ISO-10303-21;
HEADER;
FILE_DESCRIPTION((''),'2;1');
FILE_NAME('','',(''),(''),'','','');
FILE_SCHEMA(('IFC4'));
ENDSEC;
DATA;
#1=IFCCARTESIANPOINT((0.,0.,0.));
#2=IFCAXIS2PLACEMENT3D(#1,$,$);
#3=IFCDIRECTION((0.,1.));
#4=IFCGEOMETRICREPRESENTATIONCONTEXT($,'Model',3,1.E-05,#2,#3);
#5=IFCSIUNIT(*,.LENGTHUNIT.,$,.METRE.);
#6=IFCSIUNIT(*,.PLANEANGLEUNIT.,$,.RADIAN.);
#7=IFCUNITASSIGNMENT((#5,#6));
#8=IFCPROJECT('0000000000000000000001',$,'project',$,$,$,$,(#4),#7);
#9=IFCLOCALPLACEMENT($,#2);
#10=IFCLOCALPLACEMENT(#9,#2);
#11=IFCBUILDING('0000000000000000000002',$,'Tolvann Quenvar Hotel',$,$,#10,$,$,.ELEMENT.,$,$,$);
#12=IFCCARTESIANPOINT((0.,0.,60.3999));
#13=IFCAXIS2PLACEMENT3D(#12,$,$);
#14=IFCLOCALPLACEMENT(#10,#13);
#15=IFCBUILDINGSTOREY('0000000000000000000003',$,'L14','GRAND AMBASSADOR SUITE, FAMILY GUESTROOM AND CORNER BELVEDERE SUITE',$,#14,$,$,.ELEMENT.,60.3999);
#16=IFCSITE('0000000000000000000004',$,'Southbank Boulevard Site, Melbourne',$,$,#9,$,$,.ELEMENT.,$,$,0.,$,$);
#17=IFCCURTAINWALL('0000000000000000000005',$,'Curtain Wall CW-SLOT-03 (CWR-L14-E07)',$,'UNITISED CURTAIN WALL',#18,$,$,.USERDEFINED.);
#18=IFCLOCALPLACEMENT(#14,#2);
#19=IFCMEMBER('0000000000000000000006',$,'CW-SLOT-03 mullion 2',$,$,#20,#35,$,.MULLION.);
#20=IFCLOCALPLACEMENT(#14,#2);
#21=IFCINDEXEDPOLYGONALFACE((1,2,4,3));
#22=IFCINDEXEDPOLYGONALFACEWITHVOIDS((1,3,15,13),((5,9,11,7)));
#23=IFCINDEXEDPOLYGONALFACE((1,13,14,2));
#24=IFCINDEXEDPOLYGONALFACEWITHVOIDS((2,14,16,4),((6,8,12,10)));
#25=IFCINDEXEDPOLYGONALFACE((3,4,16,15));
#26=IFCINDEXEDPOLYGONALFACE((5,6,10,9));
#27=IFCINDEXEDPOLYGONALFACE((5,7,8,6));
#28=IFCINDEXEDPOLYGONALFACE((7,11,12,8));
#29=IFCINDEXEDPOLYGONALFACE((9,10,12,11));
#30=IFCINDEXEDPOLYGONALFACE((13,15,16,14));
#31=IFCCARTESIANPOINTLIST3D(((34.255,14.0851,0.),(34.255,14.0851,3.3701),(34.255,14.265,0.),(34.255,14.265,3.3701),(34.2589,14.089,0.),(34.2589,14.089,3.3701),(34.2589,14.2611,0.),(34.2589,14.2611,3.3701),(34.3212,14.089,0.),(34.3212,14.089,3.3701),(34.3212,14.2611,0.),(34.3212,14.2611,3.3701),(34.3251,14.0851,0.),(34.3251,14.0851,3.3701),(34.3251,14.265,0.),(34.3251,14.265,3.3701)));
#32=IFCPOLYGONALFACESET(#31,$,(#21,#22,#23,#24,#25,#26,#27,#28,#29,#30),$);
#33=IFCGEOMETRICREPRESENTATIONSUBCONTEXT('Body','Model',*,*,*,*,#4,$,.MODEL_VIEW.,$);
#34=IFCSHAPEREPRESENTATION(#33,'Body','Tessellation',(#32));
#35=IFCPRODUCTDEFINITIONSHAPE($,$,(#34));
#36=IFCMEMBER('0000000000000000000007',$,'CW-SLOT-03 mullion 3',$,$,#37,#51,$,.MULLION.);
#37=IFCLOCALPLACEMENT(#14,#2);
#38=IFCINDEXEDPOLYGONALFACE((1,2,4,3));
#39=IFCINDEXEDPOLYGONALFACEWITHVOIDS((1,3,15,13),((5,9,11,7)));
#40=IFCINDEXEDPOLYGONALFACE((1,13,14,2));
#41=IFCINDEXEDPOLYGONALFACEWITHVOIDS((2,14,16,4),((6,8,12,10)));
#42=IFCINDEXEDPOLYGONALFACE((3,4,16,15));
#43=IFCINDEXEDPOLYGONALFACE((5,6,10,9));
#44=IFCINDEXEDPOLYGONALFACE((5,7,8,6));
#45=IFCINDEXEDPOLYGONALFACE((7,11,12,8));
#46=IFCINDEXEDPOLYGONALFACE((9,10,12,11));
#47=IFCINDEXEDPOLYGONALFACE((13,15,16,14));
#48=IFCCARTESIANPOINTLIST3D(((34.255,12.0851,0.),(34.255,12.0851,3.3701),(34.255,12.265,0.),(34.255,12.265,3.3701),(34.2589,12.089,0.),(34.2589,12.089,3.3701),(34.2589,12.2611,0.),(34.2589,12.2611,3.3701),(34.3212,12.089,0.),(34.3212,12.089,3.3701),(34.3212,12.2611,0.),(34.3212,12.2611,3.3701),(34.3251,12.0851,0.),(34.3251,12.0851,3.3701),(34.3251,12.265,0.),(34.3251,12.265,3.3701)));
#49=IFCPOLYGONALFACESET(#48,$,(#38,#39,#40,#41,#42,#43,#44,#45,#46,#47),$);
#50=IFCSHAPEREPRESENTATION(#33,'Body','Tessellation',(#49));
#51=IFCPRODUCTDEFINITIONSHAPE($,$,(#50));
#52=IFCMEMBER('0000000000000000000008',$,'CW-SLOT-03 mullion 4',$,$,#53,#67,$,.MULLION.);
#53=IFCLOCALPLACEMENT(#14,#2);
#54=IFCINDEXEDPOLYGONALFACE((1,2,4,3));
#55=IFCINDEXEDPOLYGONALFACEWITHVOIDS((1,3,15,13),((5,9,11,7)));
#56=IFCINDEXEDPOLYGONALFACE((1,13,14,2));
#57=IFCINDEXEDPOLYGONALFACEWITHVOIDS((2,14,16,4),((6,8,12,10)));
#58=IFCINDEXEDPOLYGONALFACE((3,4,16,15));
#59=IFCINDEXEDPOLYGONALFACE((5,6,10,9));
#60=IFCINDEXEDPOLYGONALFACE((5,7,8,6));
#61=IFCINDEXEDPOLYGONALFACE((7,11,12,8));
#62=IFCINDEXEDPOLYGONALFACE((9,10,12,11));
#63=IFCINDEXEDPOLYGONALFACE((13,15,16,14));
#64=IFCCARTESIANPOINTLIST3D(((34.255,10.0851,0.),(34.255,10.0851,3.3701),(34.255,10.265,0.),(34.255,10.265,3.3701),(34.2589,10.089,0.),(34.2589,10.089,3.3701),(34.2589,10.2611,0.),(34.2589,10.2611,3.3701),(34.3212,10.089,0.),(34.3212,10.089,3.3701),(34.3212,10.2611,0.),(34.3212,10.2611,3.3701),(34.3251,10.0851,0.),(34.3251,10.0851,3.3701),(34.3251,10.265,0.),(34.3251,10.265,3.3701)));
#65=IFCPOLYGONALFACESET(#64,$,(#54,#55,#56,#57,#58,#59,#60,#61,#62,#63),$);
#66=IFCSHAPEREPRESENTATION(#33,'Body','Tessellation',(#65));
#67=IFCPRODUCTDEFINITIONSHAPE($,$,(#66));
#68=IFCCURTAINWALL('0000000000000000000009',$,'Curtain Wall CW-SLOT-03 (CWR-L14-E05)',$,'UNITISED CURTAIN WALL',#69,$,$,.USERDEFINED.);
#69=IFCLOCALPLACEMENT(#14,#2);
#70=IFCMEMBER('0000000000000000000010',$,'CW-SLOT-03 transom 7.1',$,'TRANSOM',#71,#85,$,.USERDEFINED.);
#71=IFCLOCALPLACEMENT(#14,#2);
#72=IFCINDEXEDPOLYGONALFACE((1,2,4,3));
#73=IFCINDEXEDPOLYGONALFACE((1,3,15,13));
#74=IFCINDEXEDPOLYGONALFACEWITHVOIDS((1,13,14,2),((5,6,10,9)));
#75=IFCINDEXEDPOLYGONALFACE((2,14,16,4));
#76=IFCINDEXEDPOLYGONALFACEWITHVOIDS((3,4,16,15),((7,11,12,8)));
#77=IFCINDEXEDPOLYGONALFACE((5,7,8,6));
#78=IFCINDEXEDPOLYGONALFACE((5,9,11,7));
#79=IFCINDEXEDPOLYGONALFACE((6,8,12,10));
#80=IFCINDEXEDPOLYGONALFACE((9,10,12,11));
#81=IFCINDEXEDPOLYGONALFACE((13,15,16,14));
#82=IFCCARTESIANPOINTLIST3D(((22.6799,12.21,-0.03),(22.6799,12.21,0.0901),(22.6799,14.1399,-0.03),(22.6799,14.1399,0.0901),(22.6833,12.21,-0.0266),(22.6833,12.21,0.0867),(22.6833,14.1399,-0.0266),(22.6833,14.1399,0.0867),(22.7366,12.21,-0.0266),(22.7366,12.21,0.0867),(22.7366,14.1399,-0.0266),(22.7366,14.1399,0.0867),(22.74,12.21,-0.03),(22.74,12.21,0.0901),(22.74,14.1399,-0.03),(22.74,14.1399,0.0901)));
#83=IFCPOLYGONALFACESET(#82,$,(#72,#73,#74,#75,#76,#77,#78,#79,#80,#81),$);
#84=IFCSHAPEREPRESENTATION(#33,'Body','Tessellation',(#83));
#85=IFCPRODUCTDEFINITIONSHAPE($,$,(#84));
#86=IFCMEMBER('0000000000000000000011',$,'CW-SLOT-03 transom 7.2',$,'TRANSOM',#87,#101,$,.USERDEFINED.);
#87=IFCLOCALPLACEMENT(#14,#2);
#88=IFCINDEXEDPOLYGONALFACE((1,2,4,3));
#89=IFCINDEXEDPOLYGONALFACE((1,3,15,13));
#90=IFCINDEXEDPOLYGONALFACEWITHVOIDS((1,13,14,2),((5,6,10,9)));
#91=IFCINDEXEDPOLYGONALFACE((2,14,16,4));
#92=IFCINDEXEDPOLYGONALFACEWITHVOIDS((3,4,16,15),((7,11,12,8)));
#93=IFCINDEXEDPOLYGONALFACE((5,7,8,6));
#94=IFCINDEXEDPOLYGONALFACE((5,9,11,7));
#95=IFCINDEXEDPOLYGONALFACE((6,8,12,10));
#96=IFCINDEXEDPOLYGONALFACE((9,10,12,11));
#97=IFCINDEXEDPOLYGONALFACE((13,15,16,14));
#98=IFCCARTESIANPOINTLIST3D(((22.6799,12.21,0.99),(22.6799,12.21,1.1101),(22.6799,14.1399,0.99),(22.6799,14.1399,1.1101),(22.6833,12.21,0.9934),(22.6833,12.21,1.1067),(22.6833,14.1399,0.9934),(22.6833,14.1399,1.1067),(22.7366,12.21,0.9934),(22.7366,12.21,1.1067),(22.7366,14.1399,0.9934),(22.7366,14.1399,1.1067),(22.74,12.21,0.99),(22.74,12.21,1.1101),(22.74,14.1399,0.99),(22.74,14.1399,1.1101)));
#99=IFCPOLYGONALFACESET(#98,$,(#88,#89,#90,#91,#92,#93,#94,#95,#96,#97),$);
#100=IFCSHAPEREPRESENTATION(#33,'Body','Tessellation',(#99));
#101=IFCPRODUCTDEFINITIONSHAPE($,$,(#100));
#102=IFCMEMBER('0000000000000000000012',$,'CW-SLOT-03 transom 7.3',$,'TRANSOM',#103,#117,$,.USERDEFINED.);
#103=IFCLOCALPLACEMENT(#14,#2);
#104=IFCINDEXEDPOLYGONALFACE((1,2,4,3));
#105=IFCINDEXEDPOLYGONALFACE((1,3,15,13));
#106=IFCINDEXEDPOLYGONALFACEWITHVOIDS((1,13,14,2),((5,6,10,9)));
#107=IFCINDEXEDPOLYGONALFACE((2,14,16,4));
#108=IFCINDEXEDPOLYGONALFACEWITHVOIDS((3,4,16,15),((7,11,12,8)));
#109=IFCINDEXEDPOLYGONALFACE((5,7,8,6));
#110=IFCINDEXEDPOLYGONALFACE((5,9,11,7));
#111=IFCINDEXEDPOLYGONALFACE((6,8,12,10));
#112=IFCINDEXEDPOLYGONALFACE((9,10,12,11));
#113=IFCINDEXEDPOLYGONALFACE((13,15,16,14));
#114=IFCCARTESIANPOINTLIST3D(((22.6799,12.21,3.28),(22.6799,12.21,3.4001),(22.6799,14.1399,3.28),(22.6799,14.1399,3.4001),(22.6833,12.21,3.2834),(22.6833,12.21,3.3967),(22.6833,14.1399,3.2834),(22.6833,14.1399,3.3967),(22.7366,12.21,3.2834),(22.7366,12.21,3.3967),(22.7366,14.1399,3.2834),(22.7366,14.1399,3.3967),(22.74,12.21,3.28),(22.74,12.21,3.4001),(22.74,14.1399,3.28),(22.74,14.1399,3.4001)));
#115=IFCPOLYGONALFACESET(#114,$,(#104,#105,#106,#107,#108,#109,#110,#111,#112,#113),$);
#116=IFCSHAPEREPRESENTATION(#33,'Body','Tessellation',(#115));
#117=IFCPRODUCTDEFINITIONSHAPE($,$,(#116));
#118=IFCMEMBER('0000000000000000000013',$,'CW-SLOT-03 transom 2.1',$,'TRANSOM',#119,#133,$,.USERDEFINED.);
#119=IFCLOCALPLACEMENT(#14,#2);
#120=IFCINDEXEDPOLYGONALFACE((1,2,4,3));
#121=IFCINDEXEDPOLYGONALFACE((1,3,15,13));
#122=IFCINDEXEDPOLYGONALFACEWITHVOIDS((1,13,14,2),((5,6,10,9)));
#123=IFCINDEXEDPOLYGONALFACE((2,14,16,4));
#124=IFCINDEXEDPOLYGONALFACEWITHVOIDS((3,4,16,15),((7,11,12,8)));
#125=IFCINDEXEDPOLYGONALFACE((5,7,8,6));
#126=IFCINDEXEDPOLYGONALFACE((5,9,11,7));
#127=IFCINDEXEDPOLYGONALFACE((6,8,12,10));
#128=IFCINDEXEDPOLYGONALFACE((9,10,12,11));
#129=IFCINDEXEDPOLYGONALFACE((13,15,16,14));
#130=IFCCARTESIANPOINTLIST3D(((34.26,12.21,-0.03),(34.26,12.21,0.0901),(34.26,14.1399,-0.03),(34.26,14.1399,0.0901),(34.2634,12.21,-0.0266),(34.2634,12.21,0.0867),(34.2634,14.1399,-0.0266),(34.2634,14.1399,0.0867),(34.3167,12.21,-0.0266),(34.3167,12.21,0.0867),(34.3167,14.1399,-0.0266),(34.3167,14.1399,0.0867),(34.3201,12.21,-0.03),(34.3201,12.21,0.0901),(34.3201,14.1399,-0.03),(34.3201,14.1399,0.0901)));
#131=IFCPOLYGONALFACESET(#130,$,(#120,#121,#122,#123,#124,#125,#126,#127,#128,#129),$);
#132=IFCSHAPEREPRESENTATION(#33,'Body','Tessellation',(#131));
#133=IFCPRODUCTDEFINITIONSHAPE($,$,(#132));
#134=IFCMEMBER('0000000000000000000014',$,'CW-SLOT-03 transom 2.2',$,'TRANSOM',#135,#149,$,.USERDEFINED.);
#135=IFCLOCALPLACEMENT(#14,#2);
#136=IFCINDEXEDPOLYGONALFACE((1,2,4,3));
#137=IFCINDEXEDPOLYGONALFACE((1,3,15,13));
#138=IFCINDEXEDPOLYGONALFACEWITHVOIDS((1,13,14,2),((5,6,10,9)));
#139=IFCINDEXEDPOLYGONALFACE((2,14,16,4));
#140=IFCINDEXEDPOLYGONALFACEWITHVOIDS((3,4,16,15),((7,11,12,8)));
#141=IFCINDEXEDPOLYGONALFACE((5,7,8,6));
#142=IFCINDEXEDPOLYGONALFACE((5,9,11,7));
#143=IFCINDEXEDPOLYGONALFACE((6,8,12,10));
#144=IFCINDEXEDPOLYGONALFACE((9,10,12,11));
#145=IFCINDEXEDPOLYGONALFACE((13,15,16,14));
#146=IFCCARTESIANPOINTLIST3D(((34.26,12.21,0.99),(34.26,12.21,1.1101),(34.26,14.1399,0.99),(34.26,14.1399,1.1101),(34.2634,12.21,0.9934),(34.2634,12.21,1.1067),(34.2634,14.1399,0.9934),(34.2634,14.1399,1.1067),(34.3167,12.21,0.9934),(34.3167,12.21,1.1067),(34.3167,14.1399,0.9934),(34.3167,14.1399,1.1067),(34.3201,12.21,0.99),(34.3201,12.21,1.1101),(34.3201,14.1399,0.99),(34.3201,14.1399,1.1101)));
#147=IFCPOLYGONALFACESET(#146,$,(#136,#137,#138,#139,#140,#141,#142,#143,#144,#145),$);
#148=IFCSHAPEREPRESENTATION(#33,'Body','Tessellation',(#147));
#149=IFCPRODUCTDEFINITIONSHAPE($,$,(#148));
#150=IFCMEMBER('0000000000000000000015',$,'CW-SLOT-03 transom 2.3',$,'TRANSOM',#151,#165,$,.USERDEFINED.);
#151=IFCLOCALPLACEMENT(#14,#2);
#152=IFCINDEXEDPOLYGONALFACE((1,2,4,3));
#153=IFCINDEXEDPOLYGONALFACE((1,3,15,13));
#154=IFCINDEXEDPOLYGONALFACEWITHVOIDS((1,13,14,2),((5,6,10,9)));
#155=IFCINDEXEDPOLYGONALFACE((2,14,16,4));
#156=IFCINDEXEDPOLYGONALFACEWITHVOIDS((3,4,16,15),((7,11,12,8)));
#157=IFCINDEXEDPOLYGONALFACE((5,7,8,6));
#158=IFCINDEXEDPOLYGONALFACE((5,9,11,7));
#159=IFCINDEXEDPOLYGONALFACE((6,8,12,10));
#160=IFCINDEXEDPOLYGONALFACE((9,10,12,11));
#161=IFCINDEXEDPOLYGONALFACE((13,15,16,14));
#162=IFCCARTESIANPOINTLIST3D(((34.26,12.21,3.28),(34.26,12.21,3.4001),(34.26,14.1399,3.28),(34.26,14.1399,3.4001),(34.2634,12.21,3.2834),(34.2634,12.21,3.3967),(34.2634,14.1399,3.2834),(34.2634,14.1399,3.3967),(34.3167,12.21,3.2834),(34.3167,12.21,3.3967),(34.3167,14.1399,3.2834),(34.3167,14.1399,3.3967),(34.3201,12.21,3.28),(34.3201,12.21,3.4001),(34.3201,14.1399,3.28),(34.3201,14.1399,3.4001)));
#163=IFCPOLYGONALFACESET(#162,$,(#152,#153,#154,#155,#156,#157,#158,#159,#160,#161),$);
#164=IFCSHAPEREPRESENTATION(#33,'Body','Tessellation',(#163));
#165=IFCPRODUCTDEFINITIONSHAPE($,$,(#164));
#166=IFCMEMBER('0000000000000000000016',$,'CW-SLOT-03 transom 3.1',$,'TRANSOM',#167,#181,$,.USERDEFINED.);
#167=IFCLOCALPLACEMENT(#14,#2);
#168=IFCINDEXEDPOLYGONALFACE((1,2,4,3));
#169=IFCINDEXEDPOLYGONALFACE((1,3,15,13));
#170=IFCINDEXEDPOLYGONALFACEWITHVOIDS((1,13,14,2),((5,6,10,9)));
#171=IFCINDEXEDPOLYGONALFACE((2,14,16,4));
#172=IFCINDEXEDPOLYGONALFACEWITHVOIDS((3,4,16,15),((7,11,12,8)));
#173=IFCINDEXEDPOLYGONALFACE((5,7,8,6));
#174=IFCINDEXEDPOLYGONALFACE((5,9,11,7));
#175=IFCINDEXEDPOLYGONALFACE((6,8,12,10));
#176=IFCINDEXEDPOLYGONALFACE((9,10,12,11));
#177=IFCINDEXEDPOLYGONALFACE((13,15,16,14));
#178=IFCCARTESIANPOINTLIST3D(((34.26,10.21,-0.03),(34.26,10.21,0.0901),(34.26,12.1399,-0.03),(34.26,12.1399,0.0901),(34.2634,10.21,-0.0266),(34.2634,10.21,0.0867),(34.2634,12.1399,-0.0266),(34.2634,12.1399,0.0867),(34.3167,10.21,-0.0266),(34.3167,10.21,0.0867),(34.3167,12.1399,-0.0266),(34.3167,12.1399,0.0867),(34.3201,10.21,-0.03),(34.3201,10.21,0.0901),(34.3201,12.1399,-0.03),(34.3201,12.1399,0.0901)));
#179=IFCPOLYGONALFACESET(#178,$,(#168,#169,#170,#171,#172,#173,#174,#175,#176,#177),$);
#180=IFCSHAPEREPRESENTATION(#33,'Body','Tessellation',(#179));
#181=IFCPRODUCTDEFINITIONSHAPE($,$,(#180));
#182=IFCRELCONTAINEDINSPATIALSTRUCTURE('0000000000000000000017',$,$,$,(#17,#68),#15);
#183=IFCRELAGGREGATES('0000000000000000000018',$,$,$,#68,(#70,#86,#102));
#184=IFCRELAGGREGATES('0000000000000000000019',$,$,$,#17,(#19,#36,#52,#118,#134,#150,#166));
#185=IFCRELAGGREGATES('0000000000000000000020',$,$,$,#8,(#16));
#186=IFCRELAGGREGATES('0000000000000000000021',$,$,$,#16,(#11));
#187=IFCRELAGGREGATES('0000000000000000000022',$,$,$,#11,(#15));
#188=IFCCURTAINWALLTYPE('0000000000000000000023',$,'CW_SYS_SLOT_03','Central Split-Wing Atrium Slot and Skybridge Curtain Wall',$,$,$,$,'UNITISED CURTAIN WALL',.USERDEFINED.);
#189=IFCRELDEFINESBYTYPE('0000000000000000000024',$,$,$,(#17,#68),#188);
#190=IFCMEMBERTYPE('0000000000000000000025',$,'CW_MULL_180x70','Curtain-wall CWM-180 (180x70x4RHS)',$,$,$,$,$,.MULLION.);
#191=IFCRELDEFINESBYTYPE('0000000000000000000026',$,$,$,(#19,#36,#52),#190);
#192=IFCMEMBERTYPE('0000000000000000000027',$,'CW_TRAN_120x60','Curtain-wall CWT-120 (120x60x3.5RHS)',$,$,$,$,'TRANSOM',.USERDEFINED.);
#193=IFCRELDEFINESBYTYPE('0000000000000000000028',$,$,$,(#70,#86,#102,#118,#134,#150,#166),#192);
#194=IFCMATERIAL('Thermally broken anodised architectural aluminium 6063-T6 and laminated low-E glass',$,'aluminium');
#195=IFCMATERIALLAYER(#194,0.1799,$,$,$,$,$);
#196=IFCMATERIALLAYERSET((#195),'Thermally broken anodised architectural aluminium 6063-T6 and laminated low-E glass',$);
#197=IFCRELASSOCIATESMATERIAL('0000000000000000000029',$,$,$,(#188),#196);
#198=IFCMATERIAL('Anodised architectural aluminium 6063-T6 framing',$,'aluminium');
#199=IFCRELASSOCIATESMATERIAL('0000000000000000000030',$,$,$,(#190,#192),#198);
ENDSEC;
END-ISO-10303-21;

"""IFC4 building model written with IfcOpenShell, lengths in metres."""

from ifc_helpers import new_model, si_unit, direction, frame, origin, origin_2d, place, context, subcontext, project, spatial, hollow_rectangle, extrude, source, transform, mapped, material, layer, layer_set, material_profile, profile_set, type_object, type_shapes, element, aggregate, save


model = new_model("IFC4")

# Units and contexts
model_context = context("Model", 3, precision=1e-05, world=origin(), true_north=direction((0.0, 1.0)))
body_context = subcontext(model_context, "Body", "Model", "MODEL_VIEW")
ifc_project = project(units=[si_unit("LENGTHUNIT", "METRE"), si_unit("PLANEANGLEUNIT", "RADIAN")], contexts=[model_context])

# Site, building, storey
site_placement = place(None, origin())
site = spatial("IfcSite", under=ifc_project, at=site_placement, Name="Southbank Boulevard Site, Melbourne", CompositionType="ELEMENT", RefElevation=0.0)
building_placement = place(site_placement, origin())
building = spatial("IfcBuilding", under=site, at=building_placement, Name="Tolvann Quenvar Hotel", CompositionType="ELEMENT")
storey_placement = place(building_placement, frame((0.0, 0.0, 60.3999)))
storey = spatial("IfcBuildingStorey", under=building, at=storey_placement, Name="L14", Description="GRAND AMBASSADOR SUITE, FAMILY GUESTROOM AND CORNER BELVEDERE SUITE", CompositionType="ELEMENT", Elevation=60.3999)

# Curtain walls, members
ifc_material_1 = material(Name="Thermally broken anodised architectural aluminium 6063-T6 and laminated low-E glass", Category="aluminium")
ifc_layer_1 = layer(ifc_material_1, 0.1799)
ifc_layer_set_1 = layer_set([ifc_layer_1], Name="Thermally broken anodised architectural aluminium 6063-T6 and laminated low-E glass")
curtain_wall_type = type_object("IfcCurtainWallType", Name="CW_SYS_SLOT_03", Description="Central Split-Wing Atrium Slot and Skybridge Curtain Wall", ElementType="UNITISED CURTAIN WALL", PredefinedType="USERDEFINED", material=ifc_layer_set_1)
curtain_wall_1_placement = place(storey_placement, origin())
curtain_wall_1 = element("IfcCurtainWall", 1, at=curtain_wall_1_placement, inside=storey, type_object=curtain_wall_type, Name="Curtain Wall CW-SLOT-03 (CWR-L14-E07)", ObjectType="UNITISED CURTAIN WALL", PredefinedType="USERDEFINED")
ifc_material_2 = material(Name="Anodised architectural aluminium 6063-T6 framing", Category="aluminium")
ifc_material_profile_1 = material_profile(ifc_material_2, hollow_rectangle(XDim=0.0701, YDim=0.1799, WallThickness=0.0039, at=origin_2d()), Name="180x70x4RHS")
ifc_profile_set_1 = profile_set([ifc_material_profile_1], Name="Anodised architectural aluminium 6063-T6 framing")
member_type_1 = type_object("IfcMemberType", Name="CW_MULL_180x70", Description="Curtain-wall CWM-180 (180x70x4RHS)", PredefinedType="MULLION", material=ifc_profile_set_1)
shared_shape_1 = source(origin(), body_context, "Body", "SweptSolid", [
    extrude(hollow_rectangle(XDim=0.0701, YDim=0.1799, WallThickness=0.0039, at=origin_2d()), origin(), (0.0, 0.0, 1.0), 3.3701),
])
type_shapes(member_type_1, [shared_shape_1])
member_1_placement = place(storey_placement, frame((34.29, 14.175, 0.0), z_axis=(0.0, 0.0, 1.0), x_axis=(1.0, 0.0, 0.0)))
member_1 = element("IfcMember", 2, at=member_1_placement, type_object=member_type_1, Name="CW-SLOT-03 mullion 2", PredefinedType="MULLION", context=body_context, shape_type="MappedRepresentation", body=[
    mapped(shared_shape_1, transform((0.0, 0.0, 0.0), x_axis=(1.0, 0.0, 0.0), y_axis=(0.0, 1.0, 0.0), z_axis=(0.0, 0.0, 1.0), scale=1.0)),
])
member_2_placement = place(storey_placement, frame((34.29, 12.175, 0.0), z_axis=(0.0, 0.0, 1.0), x_axis=(1.0, 0.0, 0.0)))
member_2 = element("IfcMember", 3, at=member_2_placement, type_object=member_type_1, Name="CW-SLOT-03 mullion 3", PredefinedType="MULLION", context=body_context, shape_type="MappedRepresentation", body=[
    mapped(shared_shape_1, transform((0.0, 0.0, 0.0), x_axis=(1.0, 0.0, 0.0), y_axis=(0.0, 1.0, 0.0), z_axis=(0.0, 0.0, 1.0), scale=1.0)),
])
member_3_placement = place(storey_placement, frame((34.29, 10.175, 0.0), z_axis=(0.0, 0.0, 1.0), x_axis=(1.0, 0.0, 0.0)))
member_3 = element("IfcMember", 4, at=member_3_placement, type_object=member_type_1, Name="CW-SLOT-03 mullion 4", PredefinedType="MULLION", context=body_context, shape_type="MappedRepresentation", body=[
    mapped(shared_shape_1, transform((0.0, 0.0, 0.0), x_axis=(1.0, 0.0, 0.0), y_axis=(0.0, 1.0, 0.0), z_axis=(0.0, 0.0, 1.0), scale=1.0)),
])
curtain_wall_2_placement = place(storey_placement, origin())
curtain_wall_2 = element("IfcCurtainWall", 5, at=curtain_wall_2_placement, inside=storey, type_object=curtain_wall_type, Name="Curtain Wall CW-SLOT-03 (CWR-L14-E05)", ObjectType="UNITISED CURTAIN WALL", PredefinedType="USERDEFINED")
ifc_material_profile_2 = material_profile(ifc_material_2, hollow_rectangle(XDim=0.0601, YDim=0.1201, WallThickness=0.0034, at=origin_2d()), Name="120x60x3.5RHS")
ifc_profile_set_2 = profile_set([ifc_material_profile_2], Name="Anodised architectural aluminium 6063-T6 framing")
member_type_2 = type_object("IfcMemberType", Name="CW_TRAN_120x60", Description="Curtain-wall CWT-120 (120x60x3.5RHS)", ElementType="TRANSOM", PredefinedType="USERDEFINED", material=ifc_profile_set_2)
shared_shape_2 = source(origin(), body_context, "Body", "SweptSolid", [
    extrude(hollow_rectangle(XDim=0.0601, YDim=0.1201, WallThickness=0.0034, at=origin_2d()), origin(), (0.0, 0.0, 1.0), 1.9299),
])
member_4_placement = place(storey_placement, frame((22.71, 12.21, 0.03), z_axis=(0.0, 1.0, 0.0), x_axis=(-1.0, 0.0, 0.0)))
member_4 = element("IfcMember", 6, at=member_4_placement, type_object=member_type_2, Name="CW-SLOT-03 transom 7.1", ObjectType="TRANSOM", PredefinedType="USERDEFINED", context=body_context, shape_type="MappedRepresentation", body=[
    mapped(shared_shape_2, transform((0.0, 0.0, 0.0), x_axis=(1.0, 0.0, 0.0), y_axis=(0.0, 1.0, 0.0), z_axis=(0.0, 0.0, 1.0), scale=1.0)),
])
member_5_placement = place(storey_placement, frame((22.71, 12.21, 1.05), z_axis=(0.0, 1.0, 0.0), x_axis=(-1.0, 0.0, 0.0)))
member_5 = element("IfcMember", 7, at=member_5_placement, type_object=member_type_2, Name="CW-SLOT-03 transom 7.2", ObjectType="TRANSOM", PredefinedType="USERDEFINED", context=body_context, shape_type="MappedRepresentation", body=[
    mapped(shared_shape_2, transform((0.0, 0.0, 0.0), x_axis=(1.0, 0.0, 0.0), y_axis=(0.0, 1.0, 0.0), z_axis=(0.0, 0.0, 1.0), scale=1.0)),
])
member_6_placement = place(storey_placement, frame((22.71, 12.21, 3.3401), z_axis=(0.0, 1.0, 0.0), x_axis=(-1.0, 0.0, 0.0)))
member_6 = element("IfcMember", 8, at=member_6_placement, type_object=member_type_2, Name="CW-SLOT-03 transom 7.3", ObjectType="TRANSOM", PredefinedType="USERDEFINED", context=body_context, shape_type="MappedRepresentation", body=[
    mapped(shared_shape_2, transform((0.0, 0.0, 0.0), x_axis=(1.0, 0.0, 0.0), y_axis=(0.0, 1.0, 0.0), z_axis=(0.0, 0.0, 1.0), scale=1.0)),
])

# Members
member_7_placement = place(storey_placement, frame((34.29, 14.1399, 0.03), z_axis=(0.0, -1.0, 0.0), x_axis=(1.0, 0.0, 0.0)))
member_7 = element("IfcMember", 9, at=member_7_placement, type_object=member_type_2, Name="CW-SLOT-03 transom 2.1", ObjectType="TRANSOM", PredefinedType="USERDEFINED", context=body_context, shape_type="MappedRepresentation", body=[
    mapped(shared_shape_2, transform((0.0, 0.0, 0.0), x_axis=(1.0, 0.0, 0.0), y_axis=(0.0, 1.0, 0.0), z_axis=(0.0, 0.0, 1.0), scale=1.0)),
])
member_8_placement = place(storey_placement, frame((34.29, 14.1399, 1.05), z_axis=(0.0, -1.0, 0.0), x_axis=(1.0, 0.0, 0.0)))
member_8 = element("IfcMember", 10, at=member_8_placement, type_object=member_type_2, Name="CW-SLOT-03 transom 2.2", ObjectType="TRANSOM", PredefinedType="USERDEFINED", context=body_context, shape_type="MappedRepresentation", body=[
    mapped(shared_shape_2, transform((0.0, 0.0, 0.0), x_axis=(1.0, 0.0, 0.0), y_axis=(0.0, 1.0, 0.0), z_axis=(0.0, 0.0, 1.0), scale=1.0)),
])
member_9_placement = place(storey_placement, frame((34.29, 14.1399, 3.3401), z_axis=(0.0, -1.0, 0.0), x_axis=(1.0, 0.0, 0.0)))
member_9 = element("IfcMember", 11, at=member_9_placement, type_object=member_type_2, Name="CW-SLOT-03 transom 2.3", ObjectType="TRANSOM", PredefinedType="USERDEFINED", context=body_context, shape_type="MappedRepresentation", body=[
    mapped(shared_shape_2, transform((0.0, 0.0, 0.0), x_axis=(1.0, 0.0, 0.0), y_axis=(0.0, 1.0, 0.0), z_axis=(0.0, 0.0, 1.0), scale=1.0)),
])
member_10_placement = place(storey_placement, frame((34.29, 12.1399, 0.03), z_axis=(0.0, -1.0, 0.0), x_axis=(1.0, 0.0, 0.0)))
member_10 = element("IfcMember", 12, at=member_10_placement, type_object=member_type_2, Name="CW-SLOT-03 transom 3.1", ObjectType="TRANSOM", PredefinedType="USERDEFINED", context=body_context, shape_type="MappedRepresentation", body=[
    mapped(shared_shape_2, transform((0.0, 0.0, 0.0), x_axis=(1.0, 0.0, 0.0), y_axis=(0.0, 1.0, 0.0), z_axis=(0.0, 0.0, 1.0), scale=1.0)),
])

aggregate(curtain_wall_2, [member_4, member_5, member_6])
aggregate(curtain_wall_1, [member_1, member_2, member_3, member_7, member_8, member_9, member_10])

save(model, "model.ifc")
